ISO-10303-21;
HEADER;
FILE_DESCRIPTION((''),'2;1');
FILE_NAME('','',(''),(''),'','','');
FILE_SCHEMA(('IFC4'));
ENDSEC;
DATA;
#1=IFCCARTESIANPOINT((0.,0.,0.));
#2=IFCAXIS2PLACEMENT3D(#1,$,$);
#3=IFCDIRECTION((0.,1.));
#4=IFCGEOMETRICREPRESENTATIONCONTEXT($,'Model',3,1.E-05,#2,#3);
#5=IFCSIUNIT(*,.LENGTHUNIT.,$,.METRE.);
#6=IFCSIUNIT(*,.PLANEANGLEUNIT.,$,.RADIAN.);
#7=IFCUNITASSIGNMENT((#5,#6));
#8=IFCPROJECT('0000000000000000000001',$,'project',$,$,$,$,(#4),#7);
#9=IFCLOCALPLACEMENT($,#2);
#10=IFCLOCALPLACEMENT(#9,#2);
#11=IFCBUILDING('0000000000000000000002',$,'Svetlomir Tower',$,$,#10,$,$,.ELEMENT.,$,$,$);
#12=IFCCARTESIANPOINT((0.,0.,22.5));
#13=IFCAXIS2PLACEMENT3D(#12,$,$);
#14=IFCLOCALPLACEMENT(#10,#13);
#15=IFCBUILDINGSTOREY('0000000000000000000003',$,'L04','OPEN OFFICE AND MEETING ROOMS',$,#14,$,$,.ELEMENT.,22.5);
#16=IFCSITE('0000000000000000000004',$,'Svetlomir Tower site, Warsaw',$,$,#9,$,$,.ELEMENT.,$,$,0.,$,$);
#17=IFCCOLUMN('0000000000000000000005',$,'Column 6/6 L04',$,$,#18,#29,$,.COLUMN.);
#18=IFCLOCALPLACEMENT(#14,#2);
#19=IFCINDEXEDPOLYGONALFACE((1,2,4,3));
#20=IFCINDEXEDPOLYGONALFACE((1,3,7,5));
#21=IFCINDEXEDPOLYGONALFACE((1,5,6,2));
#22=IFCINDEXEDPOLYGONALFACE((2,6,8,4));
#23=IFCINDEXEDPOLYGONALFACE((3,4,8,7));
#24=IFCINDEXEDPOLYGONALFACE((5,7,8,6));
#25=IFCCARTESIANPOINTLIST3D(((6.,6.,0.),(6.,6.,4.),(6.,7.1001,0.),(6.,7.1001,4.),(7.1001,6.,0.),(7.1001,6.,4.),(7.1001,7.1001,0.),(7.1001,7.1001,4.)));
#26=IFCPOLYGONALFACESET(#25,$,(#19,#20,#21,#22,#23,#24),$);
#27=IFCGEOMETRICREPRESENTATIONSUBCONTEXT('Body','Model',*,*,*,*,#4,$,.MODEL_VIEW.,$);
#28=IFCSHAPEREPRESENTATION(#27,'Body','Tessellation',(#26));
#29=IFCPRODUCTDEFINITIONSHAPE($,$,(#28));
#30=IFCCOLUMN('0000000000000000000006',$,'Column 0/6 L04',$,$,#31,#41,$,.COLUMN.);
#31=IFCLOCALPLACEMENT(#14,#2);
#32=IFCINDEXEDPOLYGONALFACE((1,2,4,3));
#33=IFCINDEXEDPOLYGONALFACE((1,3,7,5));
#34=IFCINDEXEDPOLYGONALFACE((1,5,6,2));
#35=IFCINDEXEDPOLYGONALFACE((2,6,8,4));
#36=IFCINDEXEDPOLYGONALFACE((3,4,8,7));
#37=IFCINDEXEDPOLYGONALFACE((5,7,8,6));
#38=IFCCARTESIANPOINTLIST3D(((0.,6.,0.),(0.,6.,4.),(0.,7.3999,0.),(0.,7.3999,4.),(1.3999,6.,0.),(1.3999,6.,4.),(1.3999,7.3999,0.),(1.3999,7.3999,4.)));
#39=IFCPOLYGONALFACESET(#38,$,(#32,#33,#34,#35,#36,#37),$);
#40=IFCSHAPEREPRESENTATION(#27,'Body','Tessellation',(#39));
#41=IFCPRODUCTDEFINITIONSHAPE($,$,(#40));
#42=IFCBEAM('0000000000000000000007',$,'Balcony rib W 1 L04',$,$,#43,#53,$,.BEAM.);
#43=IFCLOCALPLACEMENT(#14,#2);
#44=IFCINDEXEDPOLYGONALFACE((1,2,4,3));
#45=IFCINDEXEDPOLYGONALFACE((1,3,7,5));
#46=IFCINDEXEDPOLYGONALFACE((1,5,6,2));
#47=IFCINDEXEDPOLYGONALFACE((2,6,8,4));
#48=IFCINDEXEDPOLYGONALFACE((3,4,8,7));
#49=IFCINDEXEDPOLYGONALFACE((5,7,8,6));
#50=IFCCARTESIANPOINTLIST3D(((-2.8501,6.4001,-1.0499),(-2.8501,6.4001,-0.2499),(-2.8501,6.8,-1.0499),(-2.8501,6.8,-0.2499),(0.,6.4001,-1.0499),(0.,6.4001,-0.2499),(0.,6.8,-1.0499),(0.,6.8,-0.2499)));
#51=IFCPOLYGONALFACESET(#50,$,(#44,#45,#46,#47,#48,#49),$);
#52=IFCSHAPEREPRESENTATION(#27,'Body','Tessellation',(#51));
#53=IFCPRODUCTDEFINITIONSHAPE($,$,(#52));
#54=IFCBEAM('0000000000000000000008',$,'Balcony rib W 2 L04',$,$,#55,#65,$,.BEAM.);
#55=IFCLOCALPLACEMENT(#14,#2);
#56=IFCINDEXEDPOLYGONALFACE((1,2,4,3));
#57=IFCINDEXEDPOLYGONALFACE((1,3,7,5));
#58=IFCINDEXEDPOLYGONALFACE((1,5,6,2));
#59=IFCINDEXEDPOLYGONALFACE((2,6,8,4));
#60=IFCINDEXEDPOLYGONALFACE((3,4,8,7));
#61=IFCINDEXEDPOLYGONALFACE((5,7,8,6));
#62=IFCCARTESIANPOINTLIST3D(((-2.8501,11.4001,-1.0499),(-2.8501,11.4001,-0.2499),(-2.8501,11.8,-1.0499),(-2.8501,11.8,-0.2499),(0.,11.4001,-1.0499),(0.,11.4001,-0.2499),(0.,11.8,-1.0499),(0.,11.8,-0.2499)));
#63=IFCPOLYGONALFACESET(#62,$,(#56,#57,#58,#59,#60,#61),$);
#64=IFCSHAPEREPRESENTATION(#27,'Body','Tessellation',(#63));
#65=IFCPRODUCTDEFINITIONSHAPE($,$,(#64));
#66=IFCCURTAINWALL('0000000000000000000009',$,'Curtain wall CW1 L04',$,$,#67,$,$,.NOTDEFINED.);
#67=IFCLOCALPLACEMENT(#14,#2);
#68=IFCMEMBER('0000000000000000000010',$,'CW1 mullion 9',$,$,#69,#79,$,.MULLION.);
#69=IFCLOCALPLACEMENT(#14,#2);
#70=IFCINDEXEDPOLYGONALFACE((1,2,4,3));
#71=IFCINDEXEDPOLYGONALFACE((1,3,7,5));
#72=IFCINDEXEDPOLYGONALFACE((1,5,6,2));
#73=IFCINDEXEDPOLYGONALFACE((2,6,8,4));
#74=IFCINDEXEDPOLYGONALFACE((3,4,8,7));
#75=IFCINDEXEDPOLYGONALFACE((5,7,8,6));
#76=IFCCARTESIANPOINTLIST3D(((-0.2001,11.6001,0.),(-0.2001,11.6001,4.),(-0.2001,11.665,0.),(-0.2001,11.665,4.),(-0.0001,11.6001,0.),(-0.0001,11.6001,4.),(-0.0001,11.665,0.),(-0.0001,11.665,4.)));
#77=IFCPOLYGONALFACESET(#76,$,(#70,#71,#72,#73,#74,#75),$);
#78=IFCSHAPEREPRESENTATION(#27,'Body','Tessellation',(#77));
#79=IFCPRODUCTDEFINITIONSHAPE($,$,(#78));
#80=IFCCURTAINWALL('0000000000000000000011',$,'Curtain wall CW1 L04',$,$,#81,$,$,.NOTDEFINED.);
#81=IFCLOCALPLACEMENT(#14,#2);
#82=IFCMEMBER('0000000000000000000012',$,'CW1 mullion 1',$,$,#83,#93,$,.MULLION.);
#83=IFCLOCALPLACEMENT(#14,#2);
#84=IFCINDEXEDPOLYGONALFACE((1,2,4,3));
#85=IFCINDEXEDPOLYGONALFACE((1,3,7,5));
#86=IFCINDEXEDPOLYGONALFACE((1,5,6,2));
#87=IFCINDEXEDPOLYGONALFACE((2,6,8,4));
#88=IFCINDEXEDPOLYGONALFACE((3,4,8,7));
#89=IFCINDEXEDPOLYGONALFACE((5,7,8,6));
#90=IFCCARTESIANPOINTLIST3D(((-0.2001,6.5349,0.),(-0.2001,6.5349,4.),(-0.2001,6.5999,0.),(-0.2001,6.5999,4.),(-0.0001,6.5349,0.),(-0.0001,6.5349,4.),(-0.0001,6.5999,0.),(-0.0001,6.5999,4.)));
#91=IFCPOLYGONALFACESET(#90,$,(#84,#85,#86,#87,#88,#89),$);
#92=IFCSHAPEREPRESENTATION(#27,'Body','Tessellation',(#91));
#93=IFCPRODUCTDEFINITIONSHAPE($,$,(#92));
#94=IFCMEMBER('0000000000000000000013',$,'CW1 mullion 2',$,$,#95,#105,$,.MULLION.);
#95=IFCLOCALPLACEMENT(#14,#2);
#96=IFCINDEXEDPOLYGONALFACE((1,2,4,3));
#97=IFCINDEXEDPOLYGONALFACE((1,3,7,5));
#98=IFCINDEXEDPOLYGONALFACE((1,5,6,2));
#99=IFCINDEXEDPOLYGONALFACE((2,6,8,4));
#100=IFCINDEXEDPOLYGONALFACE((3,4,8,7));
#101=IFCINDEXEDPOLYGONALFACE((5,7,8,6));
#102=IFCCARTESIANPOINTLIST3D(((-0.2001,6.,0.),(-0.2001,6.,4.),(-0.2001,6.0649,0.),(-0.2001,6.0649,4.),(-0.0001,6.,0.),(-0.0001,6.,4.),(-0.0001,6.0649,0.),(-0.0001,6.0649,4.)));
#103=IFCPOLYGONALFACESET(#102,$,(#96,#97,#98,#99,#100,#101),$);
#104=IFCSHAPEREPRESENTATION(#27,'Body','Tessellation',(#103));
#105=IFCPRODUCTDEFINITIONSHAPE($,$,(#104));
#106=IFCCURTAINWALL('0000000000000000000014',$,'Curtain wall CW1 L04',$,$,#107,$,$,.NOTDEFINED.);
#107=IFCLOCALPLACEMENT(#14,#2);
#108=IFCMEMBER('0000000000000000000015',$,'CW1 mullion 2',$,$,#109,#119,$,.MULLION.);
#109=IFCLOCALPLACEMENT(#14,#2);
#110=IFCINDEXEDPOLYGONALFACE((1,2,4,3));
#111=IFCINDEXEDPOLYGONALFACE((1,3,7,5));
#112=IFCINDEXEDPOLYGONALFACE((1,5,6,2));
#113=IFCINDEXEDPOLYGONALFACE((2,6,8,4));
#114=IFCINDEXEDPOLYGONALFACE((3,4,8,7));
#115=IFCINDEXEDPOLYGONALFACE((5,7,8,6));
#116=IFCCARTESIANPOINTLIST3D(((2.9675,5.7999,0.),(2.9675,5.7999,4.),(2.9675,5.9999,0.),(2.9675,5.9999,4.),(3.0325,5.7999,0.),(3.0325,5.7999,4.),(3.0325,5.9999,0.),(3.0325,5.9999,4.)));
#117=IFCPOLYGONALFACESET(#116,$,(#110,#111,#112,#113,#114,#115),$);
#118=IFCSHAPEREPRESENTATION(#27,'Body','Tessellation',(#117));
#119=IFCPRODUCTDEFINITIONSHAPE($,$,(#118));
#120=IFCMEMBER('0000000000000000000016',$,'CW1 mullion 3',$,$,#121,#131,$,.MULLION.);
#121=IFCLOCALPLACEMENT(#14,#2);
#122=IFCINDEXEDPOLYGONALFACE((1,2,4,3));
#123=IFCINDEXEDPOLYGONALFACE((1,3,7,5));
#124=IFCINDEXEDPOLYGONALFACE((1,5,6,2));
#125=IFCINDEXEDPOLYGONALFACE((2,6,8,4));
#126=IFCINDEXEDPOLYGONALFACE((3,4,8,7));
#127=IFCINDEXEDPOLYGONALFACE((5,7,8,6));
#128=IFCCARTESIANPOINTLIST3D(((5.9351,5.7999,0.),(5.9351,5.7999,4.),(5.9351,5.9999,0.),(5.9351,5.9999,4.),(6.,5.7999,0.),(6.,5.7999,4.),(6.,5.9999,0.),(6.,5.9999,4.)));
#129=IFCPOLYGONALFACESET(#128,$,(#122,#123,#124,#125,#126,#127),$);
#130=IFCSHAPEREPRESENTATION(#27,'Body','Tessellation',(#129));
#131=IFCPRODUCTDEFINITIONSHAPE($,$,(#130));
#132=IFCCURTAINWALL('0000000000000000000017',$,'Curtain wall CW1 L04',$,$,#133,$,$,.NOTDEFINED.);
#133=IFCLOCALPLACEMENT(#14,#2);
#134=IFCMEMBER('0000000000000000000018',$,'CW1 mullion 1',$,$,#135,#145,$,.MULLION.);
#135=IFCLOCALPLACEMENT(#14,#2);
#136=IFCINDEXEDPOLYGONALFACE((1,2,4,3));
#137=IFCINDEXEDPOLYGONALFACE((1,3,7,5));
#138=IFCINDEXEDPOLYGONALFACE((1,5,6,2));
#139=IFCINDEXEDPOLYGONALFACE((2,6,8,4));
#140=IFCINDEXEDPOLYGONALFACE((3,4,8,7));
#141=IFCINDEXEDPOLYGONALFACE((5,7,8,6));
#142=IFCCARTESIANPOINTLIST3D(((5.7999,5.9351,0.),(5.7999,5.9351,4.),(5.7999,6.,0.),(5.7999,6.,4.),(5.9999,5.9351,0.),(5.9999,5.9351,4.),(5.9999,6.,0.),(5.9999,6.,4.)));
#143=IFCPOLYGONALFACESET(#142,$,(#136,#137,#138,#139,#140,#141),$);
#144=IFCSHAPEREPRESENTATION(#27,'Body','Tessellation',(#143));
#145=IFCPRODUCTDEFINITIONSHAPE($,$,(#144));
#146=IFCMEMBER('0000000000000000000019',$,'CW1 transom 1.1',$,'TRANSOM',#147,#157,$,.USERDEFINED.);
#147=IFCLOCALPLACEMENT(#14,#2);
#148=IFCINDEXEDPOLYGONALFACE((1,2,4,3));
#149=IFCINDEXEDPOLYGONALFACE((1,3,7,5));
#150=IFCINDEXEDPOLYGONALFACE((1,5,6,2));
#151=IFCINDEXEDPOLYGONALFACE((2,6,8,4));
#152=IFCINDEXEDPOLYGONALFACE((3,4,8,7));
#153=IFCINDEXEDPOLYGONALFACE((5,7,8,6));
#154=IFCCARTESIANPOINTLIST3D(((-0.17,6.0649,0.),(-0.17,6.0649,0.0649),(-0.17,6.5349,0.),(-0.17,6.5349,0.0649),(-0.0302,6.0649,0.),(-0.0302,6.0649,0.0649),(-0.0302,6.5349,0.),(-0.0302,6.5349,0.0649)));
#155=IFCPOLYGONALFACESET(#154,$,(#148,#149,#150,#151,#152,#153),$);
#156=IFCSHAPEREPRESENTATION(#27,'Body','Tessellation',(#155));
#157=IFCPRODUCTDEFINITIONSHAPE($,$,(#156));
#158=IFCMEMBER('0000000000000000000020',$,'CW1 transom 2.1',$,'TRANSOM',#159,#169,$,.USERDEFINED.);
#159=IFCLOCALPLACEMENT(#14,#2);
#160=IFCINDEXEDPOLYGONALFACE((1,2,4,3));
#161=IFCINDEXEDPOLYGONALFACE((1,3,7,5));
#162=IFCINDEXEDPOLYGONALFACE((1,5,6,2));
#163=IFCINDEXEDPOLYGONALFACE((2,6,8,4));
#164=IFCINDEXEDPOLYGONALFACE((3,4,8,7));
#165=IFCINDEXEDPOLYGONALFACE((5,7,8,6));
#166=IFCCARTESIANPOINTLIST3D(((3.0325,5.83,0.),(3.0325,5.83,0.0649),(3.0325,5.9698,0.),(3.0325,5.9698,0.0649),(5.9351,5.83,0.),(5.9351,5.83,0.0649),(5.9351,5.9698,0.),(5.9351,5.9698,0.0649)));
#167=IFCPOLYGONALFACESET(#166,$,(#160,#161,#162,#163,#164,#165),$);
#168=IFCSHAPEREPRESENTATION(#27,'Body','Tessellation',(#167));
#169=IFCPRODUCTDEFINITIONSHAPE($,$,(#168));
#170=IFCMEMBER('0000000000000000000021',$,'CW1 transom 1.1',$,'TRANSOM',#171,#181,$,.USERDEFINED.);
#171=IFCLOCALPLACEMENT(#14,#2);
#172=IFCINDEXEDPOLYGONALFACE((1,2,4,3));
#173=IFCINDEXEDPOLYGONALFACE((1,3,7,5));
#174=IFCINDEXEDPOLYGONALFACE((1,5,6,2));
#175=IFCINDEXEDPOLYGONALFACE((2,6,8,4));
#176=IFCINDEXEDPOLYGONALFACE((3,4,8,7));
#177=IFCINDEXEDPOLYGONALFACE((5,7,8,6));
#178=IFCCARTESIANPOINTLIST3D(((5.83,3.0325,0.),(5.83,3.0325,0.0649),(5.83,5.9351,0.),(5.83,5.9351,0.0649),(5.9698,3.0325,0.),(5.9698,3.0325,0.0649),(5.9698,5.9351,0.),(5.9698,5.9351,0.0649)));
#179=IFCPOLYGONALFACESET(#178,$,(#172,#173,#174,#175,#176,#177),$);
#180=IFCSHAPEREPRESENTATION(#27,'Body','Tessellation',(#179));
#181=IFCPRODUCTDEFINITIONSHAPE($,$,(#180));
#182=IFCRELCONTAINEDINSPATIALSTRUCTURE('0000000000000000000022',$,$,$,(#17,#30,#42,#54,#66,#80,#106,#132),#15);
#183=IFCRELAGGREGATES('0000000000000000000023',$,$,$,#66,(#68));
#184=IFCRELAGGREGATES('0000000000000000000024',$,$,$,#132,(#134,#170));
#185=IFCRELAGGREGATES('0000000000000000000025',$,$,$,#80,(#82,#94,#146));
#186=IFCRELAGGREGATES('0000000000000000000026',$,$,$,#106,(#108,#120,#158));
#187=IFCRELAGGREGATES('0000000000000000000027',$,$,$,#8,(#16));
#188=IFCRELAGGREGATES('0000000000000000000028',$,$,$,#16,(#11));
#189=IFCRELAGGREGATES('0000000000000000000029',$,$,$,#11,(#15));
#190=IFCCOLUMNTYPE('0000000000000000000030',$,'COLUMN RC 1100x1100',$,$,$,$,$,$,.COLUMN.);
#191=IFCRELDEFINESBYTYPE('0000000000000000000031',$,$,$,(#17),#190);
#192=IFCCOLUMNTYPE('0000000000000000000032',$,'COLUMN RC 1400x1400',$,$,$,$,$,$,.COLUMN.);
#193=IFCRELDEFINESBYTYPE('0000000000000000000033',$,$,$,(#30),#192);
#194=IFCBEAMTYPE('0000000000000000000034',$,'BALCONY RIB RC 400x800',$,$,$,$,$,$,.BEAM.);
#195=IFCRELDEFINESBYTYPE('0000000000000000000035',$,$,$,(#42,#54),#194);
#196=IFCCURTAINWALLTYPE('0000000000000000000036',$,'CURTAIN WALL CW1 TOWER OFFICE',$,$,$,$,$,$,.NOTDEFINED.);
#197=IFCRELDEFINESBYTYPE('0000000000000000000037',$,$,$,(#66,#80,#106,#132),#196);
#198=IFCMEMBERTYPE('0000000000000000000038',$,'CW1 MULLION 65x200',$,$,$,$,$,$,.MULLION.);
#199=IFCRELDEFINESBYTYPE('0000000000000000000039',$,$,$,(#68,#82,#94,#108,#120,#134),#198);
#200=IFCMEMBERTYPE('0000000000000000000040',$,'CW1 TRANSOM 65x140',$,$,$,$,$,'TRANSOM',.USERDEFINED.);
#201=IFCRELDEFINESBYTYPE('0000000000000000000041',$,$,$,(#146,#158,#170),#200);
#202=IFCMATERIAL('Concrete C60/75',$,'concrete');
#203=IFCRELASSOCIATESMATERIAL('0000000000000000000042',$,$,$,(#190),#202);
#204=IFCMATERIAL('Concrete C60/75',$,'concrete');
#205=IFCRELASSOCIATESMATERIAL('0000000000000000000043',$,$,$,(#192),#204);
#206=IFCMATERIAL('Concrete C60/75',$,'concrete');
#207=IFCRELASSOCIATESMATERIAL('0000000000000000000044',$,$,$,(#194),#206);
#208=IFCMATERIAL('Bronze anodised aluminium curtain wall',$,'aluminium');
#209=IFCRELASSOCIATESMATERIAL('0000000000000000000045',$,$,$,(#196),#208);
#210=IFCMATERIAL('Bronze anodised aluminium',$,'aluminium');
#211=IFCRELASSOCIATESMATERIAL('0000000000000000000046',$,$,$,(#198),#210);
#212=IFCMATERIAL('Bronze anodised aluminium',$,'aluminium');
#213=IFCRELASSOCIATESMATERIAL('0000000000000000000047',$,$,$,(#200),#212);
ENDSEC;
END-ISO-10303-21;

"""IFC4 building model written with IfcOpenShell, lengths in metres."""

from ifc_helpers import new_model, si_unit, direction, frame, origin, origin_2d, place, context, subcontext, project, spatial, rectangle, extrude, material, material_profile, profile_set, type_object, element, aggregate, save


model = new_model("IFC4")

# Units and contexts
model_context = context("Model", 3, precision=1e-05, world=origin(), true_north=direction((0.0, 1.0)))
body_context = subcontext(model_context, "Body", "Model", "MODEL_VIEW")
ifc_project = project(units=[si_unit("LENGTHUNIT", "METRE"), si_unit("PLANEANGLEUNIT", "RADIAN")], contexts=[model_context])

# Site, building, storey
site_placement = place(None, origin())
site = spatial("IfcSite", under=ifc_project, at=site_placement, Name="Svetlomir Tower site, Warsaw", CompositionType="ELEMENT", RefElevation=0.0)
building_placement = place(site_placement, origin())
building = spatial("IfcBuilding", under=site, at=building_placement, Name="Svetlomir Tower", CompositionType="ELEMENT")
storey_placement = place(building_placement, frame((0.0, 0.0, 22.5)))
storey = spatial("IfcBuildingStorey", under=building, at=storey_placement, Name="L04", Description="OPEN OFFICE AND MEETING ROOMS", CompositionType="ELEMENT", Elevation=22.5)

# Columns
ifc_material_1 = material(Name="Concrete C60/75", Category="concrete")
ifc_material_profile_1 = material_profile(ifc_material_1, rectangle(XDim=1.1001, YDim=1.1001, at=origin_2d()), Name="RC 1100x1100")
ifc_profile_set_1 = profile_set([ifc_material_profile_1], Name="Concrete C60/75")
column_type_1 = type_object("IfcColumnType", Name="COLUMN RC 1100x1100", PredefinedType="COLUMN", material=ifc_profile_set_1)
column_1_placement = place(storey_placement, frame((6.55, 6.55, 0.0), z_axis=(0.0, 0.0, 1.0), x_axis=(1.0, 0.0, 0.0)))
element("IfcColumn", 1, at=column_1_placement, inside=storey, type_object=column_type_1, Name="Column 6/6 L04", PredefinedType="COLUMN", context=body_context, shape_type="SweptSolid", body=[
    extrude(rectangle(XDim=1.1001, YDim=1.1001, at=origin_2d()), origin(), (0.0, 0.0, 1.0), 4.0),
])
ifc_material_2 = material(Name="Concrete C60/75", Category="concrete")
ifc_material_profile_2 = material_profile(ifc_material_2, rectangle(XDim=1.3999, YDim=1.3999, at=origin_2d()), Name="RC 1400x1400")
ifc_profile_set_2 = profile_set([ifc_material_profile_2], Name="Concrete C60/75")
column_type_2 = type_object("IfcColumnType", Name="COLUMN RC 1400x1400", PredefinedType="COLUMN", material=ifc_profile_set_2)
column_2_placement = place(storey_placement, frame((0.7, 6.7, 0.0), z_axis=(0.0, 0.0, 1.0), x_axis=(1.0, 0.0, 0.0)))
element("IfcColumn", 2, at=column_2_placement, inside=storey, type_object=column_type_2, Name="Column 0/6 L04", PredefinedType="COLUMN", context=body_context, shape_type="SweptSolid", body=[
    extrude(rectangle(XDim=1.3999, YDim=1.3999, at=origin_2d()), origin(), (0.0, 0.0, 1.0), 4.0),
])

# Beams
ifc_material_3 = material(Name="Concrete C60/75", Category="concrete")
ifc_material_profile_3 = material_profile(ifc_material_3, rectangle(XDim=0.3999, YDim=0.8, at=origin_2d()), Name="RC 400x800")
ifc_profile_set_3 = profile_set([ifc_material_profile_3], Name="Concrete C60/75")
beam_type_1 = type_object("IfcBeamType", Name="BALCONY RIB RC 400x800", PredefinedType="BEAM", material=ifc_profile_set_3)
for number, where, z_axis, x_axis, name in (
    (3, (0.0, 6.6001, -0.6499), (-1.0, 0.0, 0.0), (0.0, -1.0, 0.0), "Balcony rib W 1 L04"),
    (4, (0.0, 11.6001, -0.6499), (-1.0, 0.0, 0.0), (0.0, -1.0, 0.0), "Balcony rib W 2 L04"),
):
    element("IfcBeam", number, at=place(storey_placement, frame(where, z_axis=z_axis, x_axis=x_axis)), inside=storey, type_object=beam_type_1, Name=name, PredefinedType="BEAM", context=body_context, shape_type="SweptSolid", body=[
        extrude(rectangle(XDim=0.3999, YDim=0.8, at=origin_2d()), origin(), (0.0, 0.0, 1.0), 2.8501),
    ])

# Curtain wall, member
ifc_material_4 = material(Name="Bronze anodised aluminium curtain wall", Category="aluminium")
curtain_wall_type = type_object("IfcCurtainWallType", Name="CURTAIN WALL CW1 TOWER OFFICE", PredefinedType="NOTDEFINED", material=ifc_material_4)
curtain_wall_1_placement = place(storey_placement, origin())
curtain_wall_1 = element("IfcCurtainWall", 5, at=curtain_wall_1_placement, inside=storey, type_object=curtain_wall_type, Name="Curtain wall CW1 L04", PredefinedType="NOTDEFINED")
ifc_material_5 = material(Name="Bronze anodised aluminium", Category="aluminium")
ifc_material_profile_4 = material_profile(ifc_material_5, rectangle(XDim=0.0649, YDim=0.2, at=origin_2d()), Name="AL 65x200")
ifc_profile_set_4 = profile_set([ifc_material_profile_4], Name="Bronze anodised aluminium 6063-T6")
member_type_1 = type_object("IfcMemberType", Name="CW1 MULLION 65x200", PredefinedType="MULLION", material=ifc_profile_set_4)
member_1_placement = place(storey_placement, frame((-0.1001, 11.6326, 0.0), z_axis=(0.0, 0.0, 1.0), x_axis=(0.0, -1.0, 0.0)))
member_1 = element("IfcMember", 6, at=member_1_placement, type_object=member_type_1, Name="CW1 mullion 9", PredefinedType="MULLION", context=body_context, shape_type="SweptSolid", body=[
    extrude(rectangle(XDim=0.0649, YDim=0.2, at=origin_2d()), origin(), (0.0, 0.0, 1.0), 4.0),
])
aggregate(curtain_wall_1, [member_1])

# Curtain walls, members
curtain_wall_2_placement = place(storey_placement, origin())
curtain_wall_2 = element("IfcCurtainWall", 7, at=curtain_wall_2_placement, inside=storey, type_object=curtain_wall_type, Name="Curtain wall CW1 L04", PredefinedType="NOTDEFINED")
member_2_placement = place(storey_placement, frame((-0.1001, 6.5674, 0.0), z_axis=(0.0, 0.0, 1.0), x_axis=(0.0, -1.0, 0.0)))
member_2 = element("IfcMember", 8, at=member_2_placement, type_object=member_type_1, Name="CW1 mullion 1", PredefinedType="MULLION", context=body_context, shape_type="SweptSolid", body=[
    extrude(rectangle(XDim=0.0649, YDim=0.2, at=origin_2d()), origin(), (0.0, 0.0, 1.0), 4.0),
])
member_3_placement = place(storey_placement, frame((-0.1001, 6.0325, 0.0), z_axis=(0.0, 0.0, 1.0), x_axis=(0.0, -1.0, 0.0)))
member_3 = element("IfcMember", 9, at=member_3_placement, type_object=member_type_1, Name="CW1 mullion 2", PredefinedType="MULLION", context=body_context, shape_type="SweptSolid", body=[
    extrude(rectangle(XDim=0.0649, YDim=0.2, at=origin_2d()), origin(), (0.0, 0.0, 1.0), 4.0),
])
curtain_wall_3_placement = place(storey_placement, origin())
curtain_wall_3 = element("IfcCurtainWall", 10, at=curtain_wall_3_placement, inside=storey, type_object=curtain_wall_type, Name="Curtain wall CW1 L04", PredefinedType="NOTDEFINED")
member_4_placement = place(storey_placement, frame((3.0, 5.8999, 0.0), z_axis=(0.0, 0.0, 1.0), x_axis=(1.0, 0.0, 0.0)))
member_4 = element("IfcMember", 11, at=member_4_placement, type_object=member_type_1, Name="CW1 mullion 2", PredefinedType="MULLION", context=body_context, shape_type="SweptSolid", body=[
    extrude(rectangle(XDim=0.0649, YDim=0.2, at=origin_2d()), origin(), (0.0, 0.0, 1.0), 4.0),
])
member_5_placement = place(storey_placement, frame((5.9675, 5.8999, 0.0), z_axis=(0.0, 0.0, 1.0), x_axis=(1.0, 0.0, 0.0)))
member_5 = element("IfcMember", 12, at=member_5_placement, type_object=member_type_1, Name="CW1 mullion 3", PredefinedType="MULLION", context=body_context, shape_type="SweptSolid", body=[
    extrude(rectangle(XDim=0.0649, YDim=0.2, at=origin_2d()), origin(), (0.0, 0.0, 1.0), 4.0),
])

# Curtain wall, member
curtain_wall_4_placement = place(storey_placement, origin())
curtain_wall_4 = element("IfcCurtainWall", 13, at=curtain_wall_4_placement, inside=storey, type_object=curtain_wall_type, Name="Curtain wall CW1 L04", PredefinedType="NOTDEFINED")
member_6_placement = place(storey_placement, frame((5.8999, 5.9675, 0.0), z_axis=(0.0, 0.0, 1.0), x_axis=(0.0, -1.0, 0.0)))
member_6 = element("IfcMember", 14, at=member_6_placement, type_object=member_type_1, Name="CW1 mullion 1", PredefinedType="MULLION", context=body_context, shape_type="SweptSolid", body=[
    extrude(rectangle(XDim=0.0649, YDim=0.2, at=origin_2d()), origin(), (0.0, 0.0, 1.0), 4.0),
])

# Members
ifc_material_6 = material(Name="Bronze anodised aluminium", Category="aluminium")
ifc_material_profile_5 = material_profile(ifc_material_6, rectangle(XDim=0.1399, YDim=0.0649, at=origin_2d()), Name="AL 140x65")
ifc_profile_set_5 = profile_set([ifc_material_profile_5], Name="Bronze anodised aluminium 6063-T6")
member_type_2 = type_object("IfcMemberType", Name="CW1 TRANSOM 65x140", ElementType="TRANSOM", PredefinedType="USERDEFINED", material=ifc_profile_set_5)
member_7_placement = place(storey_placement, frame((-0.1001, 6.5349, 0.0325), z_axis=(0.0, -1.0, 0.0), x_axis=(1.0, 0.0, 0.0)))
member_7 = element("IfcMember", 15, at=member_7_placement, type_object=member_type_2, Name="CW1 transom 1.1", ObjectType="TRANSOM", PredefinedType="USERDEFINED", context=body_context, shape_type="SweptSolid", body=[
    extrude(rectangle(XDim=0.1399, YDim=0.0649, at=origin_2d()), origin(), (0.0, 0.0, 1.0), 0.47),
])
member_8_placement = place(storey_placement, frame((3.0325, 5.8999, 0.0325), z_axis=(1.0, 0.0, 0.0), x_axis=(0.0, 1.0, 0.0)))
member_8 = element("IfcMember", 16, at=member_8_placement, type_object=member_type_2, Name="CW1 transom 2.1", ObjectType="TRANSOM", PredefinedType="USERDEFINED", context=body_context, shape_type="SweptSolid", body=[
    extrude(rectangle(XDim=0.1399, YDim=0.0649, at=origin_2d()), origin(), (0.0, 0.0, 1.0), 2.9026),
])
member_9_placement = place(storey_placement, frame((5.8999, 5.9351, 0.0325), z_axis=(0.0, -1.0, 0.0), x_axis=(1.0, 0.0, 0.0)))
member_9 = element("IfcMember", 17, at=member_9_placement, type_object=member_type_2, Name="CW1 transom 1.1", ObjectType="TRANSOM", PredefinedType="USERDEFINED", context=body_context, shape_type="SweptSolid", body=[
    extrude(rectangle(XDim=0.1399, YDim=0.0649, at=origin_2d()), origin(), (0.0, 0.0, 1.0), 2.9026),
])
aggregate(curtain_wall_4, [member_6, member_9])

aggregate(curtain_wall_2, [member_2, member_3, member_7])
aggregate(curtain_wall_3, [member_4, member_5, member_8])

save(model, "model.ifc")
